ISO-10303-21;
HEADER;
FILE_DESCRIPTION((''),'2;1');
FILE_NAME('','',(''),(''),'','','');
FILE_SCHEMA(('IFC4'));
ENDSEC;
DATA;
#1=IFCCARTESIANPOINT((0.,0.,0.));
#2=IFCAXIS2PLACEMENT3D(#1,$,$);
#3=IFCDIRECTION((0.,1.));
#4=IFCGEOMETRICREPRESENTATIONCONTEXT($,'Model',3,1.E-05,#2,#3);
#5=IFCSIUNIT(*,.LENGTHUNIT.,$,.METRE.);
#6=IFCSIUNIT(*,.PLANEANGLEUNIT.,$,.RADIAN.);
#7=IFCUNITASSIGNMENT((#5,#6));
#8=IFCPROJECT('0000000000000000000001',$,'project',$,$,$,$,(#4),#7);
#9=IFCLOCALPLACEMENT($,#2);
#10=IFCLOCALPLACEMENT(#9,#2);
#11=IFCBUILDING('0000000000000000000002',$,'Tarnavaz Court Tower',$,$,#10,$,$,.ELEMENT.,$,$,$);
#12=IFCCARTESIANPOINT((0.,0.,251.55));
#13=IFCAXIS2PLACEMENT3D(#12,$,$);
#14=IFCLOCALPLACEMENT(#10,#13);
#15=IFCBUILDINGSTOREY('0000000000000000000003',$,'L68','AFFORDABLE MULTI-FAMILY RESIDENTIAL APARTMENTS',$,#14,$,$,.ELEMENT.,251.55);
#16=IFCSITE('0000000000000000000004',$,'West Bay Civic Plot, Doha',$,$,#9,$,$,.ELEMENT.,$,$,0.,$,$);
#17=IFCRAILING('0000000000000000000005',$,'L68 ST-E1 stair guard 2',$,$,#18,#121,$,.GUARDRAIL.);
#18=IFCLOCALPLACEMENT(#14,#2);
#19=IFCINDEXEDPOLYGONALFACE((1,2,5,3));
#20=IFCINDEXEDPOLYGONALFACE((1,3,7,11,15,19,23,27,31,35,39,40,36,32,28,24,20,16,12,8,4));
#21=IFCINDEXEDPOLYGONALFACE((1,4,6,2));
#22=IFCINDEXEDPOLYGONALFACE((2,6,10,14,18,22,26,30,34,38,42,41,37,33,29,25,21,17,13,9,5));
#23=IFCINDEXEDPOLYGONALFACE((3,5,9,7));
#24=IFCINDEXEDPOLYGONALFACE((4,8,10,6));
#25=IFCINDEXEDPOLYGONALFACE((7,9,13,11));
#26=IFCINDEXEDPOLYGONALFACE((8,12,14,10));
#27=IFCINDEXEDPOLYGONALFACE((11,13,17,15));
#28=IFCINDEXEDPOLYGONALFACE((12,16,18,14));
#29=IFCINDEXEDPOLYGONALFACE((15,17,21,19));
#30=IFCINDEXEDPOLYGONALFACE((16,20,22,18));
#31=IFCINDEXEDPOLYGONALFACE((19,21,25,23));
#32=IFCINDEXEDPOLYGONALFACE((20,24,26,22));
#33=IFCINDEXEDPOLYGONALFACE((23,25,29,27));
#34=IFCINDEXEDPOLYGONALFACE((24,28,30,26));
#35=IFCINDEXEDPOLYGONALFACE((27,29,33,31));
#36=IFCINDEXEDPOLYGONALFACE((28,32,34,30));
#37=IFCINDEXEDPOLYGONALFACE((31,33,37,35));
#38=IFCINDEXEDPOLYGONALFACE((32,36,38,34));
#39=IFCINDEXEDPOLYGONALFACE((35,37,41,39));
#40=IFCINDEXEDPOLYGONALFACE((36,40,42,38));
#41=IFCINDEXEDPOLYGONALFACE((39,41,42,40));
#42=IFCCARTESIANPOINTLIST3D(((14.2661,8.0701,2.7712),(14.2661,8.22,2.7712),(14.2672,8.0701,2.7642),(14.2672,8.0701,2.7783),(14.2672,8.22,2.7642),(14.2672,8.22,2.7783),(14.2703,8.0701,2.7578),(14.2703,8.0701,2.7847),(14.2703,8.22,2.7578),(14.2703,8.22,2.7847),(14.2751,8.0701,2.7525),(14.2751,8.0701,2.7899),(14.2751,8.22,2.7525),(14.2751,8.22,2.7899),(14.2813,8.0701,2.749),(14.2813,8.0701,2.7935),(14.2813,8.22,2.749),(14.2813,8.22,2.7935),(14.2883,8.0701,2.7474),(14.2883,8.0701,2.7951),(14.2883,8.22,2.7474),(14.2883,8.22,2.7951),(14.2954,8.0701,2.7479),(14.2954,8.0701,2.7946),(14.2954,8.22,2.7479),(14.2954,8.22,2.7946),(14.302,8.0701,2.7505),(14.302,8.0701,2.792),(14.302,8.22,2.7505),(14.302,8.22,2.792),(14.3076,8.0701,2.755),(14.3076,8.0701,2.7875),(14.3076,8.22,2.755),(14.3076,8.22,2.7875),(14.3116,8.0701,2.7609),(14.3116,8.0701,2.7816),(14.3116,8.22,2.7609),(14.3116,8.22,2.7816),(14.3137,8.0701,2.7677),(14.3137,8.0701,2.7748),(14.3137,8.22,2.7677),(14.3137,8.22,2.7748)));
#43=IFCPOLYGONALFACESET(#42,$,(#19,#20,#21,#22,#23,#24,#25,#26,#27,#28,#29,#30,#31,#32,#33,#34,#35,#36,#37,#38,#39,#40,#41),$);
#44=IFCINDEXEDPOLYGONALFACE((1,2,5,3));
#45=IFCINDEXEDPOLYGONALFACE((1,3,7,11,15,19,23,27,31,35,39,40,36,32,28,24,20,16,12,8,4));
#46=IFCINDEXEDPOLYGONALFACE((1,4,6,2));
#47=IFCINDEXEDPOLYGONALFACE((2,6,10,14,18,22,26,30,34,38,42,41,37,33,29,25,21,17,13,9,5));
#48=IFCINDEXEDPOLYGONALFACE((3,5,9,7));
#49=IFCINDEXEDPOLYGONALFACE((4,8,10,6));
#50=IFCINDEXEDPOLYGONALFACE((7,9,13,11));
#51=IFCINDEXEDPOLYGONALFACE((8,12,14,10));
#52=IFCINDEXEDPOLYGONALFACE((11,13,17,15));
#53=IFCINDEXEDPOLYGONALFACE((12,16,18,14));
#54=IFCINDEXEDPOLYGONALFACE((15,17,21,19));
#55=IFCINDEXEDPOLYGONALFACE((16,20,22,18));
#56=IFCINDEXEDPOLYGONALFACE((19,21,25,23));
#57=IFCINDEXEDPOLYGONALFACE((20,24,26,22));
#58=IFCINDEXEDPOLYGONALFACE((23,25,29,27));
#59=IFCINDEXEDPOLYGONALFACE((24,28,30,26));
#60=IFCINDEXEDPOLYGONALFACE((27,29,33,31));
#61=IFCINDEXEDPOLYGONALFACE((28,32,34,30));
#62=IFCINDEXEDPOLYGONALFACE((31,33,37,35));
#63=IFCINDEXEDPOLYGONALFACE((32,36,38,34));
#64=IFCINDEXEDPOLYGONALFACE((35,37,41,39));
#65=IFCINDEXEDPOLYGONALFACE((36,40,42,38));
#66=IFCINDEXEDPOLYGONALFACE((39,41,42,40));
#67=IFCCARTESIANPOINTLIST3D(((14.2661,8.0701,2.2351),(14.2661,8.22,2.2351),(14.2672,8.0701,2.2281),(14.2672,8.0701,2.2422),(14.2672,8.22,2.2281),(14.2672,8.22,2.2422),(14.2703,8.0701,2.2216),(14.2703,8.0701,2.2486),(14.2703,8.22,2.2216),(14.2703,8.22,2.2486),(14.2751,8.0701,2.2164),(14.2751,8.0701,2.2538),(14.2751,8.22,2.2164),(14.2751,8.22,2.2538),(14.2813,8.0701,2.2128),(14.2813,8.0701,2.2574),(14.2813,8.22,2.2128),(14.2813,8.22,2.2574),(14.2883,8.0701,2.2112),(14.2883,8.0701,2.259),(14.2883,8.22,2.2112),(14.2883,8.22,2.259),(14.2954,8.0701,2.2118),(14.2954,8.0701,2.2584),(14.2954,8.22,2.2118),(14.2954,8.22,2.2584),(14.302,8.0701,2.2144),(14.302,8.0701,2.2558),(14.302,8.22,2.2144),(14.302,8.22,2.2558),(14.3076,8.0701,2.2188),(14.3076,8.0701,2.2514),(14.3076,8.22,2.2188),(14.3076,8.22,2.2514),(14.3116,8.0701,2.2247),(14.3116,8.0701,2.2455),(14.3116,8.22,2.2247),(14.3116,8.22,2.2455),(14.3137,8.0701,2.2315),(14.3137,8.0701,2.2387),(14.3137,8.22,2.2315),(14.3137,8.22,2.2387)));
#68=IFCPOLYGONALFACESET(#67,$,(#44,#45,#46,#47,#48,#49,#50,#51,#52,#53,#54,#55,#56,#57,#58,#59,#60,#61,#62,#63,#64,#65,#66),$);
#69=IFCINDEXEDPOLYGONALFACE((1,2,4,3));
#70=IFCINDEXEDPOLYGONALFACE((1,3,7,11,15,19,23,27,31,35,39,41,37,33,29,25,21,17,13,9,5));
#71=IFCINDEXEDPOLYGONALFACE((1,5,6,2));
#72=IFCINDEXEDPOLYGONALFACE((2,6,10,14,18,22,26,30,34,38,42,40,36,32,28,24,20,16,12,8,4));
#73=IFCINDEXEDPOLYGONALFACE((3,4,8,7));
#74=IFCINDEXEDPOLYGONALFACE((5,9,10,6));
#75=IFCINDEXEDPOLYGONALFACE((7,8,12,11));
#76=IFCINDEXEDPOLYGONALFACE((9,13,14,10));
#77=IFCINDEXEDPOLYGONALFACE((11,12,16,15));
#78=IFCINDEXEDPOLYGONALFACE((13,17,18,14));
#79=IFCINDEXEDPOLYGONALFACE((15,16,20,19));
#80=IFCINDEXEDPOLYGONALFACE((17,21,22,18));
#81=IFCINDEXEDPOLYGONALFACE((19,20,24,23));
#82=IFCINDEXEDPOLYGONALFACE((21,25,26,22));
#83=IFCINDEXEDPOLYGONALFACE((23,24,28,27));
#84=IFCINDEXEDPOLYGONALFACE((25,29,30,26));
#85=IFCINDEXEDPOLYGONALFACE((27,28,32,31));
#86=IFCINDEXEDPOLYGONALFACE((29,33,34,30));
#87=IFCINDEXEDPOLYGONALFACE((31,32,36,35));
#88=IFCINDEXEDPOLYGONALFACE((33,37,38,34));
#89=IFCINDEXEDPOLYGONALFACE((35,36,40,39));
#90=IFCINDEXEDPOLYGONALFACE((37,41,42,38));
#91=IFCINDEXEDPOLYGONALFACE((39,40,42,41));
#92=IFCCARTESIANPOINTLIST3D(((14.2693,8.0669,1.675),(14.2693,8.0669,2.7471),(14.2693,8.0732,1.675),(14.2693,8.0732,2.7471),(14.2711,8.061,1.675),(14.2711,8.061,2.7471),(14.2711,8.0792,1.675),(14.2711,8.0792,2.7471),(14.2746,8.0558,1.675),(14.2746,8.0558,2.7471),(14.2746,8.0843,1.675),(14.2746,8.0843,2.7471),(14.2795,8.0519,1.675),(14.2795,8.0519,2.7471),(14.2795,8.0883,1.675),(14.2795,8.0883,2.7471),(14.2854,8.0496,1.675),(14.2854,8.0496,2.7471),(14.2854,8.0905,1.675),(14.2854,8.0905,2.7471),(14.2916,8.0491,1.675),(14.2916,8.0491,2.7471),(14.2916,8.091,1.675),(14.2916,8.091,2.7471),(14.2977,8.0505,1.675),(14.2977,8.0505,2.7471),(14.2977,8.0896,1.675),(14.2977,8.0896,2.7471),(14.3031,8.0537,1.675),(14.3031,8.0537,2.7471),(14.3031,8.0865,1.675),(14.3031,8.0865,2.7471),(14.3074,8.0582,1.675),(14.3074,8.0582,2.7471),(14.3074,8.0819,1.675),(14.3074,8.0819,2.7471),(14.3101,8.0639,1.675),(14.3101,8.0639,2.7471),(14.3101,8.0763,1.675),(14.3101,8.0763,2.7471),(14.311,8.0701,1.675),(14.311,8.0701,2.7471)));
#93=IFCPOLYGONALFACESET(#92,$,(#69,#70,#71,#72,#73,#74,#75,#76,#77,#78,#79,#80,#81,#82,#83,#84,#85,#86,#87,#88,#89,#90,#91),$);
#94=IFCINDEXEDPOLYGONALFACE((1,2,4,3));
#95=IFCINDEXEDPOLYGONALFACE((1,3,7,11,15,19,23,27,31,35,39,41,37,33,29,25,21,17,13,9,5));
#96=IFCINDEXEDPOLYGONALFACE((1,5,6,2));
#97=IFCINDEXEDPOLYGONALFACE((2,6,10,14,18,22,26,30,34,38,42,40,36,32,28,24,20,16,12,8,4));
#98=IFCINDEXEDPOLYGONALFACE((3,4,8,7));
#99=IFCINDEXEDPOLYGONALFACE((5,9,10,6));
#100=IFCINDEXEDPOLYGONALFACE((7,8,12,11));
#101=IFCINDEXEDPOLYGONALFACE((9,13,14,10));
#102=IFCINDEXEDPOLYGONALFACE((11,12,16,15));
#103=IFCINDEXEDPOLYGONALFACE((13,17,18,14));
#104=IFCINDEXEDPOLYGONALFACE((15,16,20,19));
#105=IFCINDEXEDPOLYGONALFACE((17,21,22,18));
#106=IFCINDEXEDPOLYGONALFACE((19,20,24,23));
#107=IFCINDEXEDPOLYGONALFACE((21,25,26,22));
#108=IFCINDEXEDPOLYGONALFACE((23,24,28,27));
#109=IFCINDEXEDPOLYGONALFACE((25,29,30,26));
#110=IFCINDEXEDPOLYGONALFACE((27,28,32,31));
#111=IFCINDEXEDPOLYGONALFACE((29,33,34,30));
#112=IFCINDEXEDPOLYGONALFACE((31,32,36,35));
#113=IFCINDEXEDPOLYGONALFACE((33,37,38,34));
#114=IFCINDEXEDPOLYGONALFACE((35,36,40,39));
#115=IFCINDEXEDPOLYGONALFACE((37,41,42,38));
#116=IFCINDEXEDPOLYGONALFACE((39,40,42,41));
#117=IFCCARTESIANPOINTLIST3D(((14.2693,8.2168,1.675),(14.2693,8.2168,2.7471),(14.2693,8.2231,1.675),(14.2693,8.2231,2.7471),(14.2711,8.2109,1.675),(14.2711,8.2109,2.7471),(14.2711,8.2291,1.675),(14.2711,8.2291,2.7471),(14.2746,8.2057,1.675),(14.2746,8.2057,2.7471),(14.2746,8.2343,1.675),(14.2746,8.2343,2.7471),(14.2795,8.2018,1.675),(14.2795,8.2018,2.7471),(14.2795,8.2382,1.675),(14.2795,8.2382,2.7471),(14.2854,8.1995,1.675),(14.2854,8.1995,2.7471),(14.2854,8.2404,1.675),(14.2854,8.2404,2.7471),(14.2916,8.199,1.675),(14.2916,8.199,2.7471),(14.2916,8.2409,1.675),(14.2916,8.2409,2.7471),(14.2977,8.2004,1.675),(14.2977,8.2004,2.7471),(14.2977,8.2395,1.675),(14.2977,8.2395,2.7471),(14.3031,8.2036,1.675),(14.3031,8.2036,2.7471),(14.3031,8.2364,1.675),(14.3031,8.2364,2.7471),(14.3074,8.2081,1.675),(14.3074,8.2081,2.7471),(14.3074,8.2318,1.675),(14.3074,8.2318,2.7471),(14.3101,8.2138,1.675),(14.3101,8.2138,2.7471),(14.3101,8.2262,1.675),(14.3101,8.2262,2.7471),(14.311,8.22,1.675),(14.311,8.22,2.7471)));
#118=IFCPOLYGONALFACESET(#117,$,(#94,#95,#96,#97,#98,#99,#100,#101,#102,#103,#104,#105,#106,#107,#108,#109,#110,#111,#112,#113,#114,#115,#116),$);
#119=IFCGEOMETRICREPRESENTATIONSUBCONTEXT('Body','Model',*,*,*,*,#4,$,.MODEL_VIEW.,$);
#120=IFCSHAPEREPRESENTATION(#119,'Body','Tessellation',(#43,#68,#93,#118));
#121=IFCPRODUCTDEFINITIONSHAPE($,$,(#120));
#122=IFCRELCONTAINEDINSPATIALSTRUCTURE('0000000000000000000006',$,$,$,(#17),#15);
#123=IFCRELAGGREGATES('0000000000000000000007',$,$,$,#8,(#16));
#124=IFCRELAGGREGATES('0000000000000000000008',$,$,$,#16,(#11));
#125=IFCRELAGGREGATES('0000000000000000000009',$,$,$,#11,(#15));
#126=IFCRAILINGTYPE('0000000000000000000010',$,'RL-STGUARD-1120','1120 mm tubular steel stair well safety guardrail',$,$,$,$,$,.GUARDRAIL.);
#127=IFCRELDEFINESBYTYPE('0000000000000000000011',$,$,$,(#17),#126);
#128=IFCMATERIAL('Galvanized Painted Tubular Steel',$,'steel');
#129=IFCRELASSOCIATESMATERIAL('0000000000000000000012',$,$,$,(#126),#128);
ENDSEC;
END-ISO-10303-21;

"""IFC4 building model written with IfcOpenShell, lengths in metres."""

from ifc_helpers import new_model, si_unit, direction, frame, origin, origin_2d, place, context, subcontext, project, spatial, circle, extrude, material, type_object, element, save


model = new_model("IFC4")

# Units and contexts
model_context = context("Model", 3, precision=1e-05, world=origin(), true_north=direction((0.0, 1.0)))
body_context = subcontext(model_context, "Body", "Model", "MODEL_VIEW")
ifc_project = project(units=[si_unit("LENGTHUNIT", "METRE"), si_unit("PLANEANGLEUNIT", "RADIAN")], contexts=[model_context])

# Site, building, storey
site_placement = place(None, origin())
site = spatial("IfcSite", under=ifc_project, at=site_placement, Name="West Bay Civic Plot, Doha", CompositionType="ELEMENT", RefElevation=0.0)
building_placement = place(site_placement, origin())
building = spatial("IfcBuilding", under=site, at=building_placement, Name="Tarnavaz Court Tower", CompositionType="ELEMENT")
storey_placement = place(building_placement, frame((0.0, 0.0, 251.55)))
storey = spatial("IfcBuildingStorey", under=building, at=storey_placement, Name="L68", Description="AFFORDABLE MULTI-FAMILY RESIDENTIAL APARTMENTS", CompositionType="ELEMENT", Elevation=251.55)

# Railing
ifc_material_1 = material(Name="Galvanized Painted Tubular Steel", Category="steel")
railing_type_1 = type_object("IfcRailingType", Name="RL-STGUARD-1120", Description="1120 mm tubular steel stair well safety guardrail", PredefinedType="GUARDRAIL", material=ifc_material_1)
railing_1_placement = place(storey_placement, frame((14.29, 8.0701, 1.675)))
element("IfcRailing", 1, at=railing_1_placement, inside=storey, type_object=railing_type_1, Name="L68 ST-E1 stair guard 2", PredefinedType="GUARDRAIL", context=body_context, shape_type="SweptSolid", body=[
    extrude(circle(Radius=0.0239, at=origin_2d()), frame((0.0, 0.0, 1.0962), z_axis=(0.0, 1.0, 0.0), x_axis=(-1.0, 0.0, 0.0)), (0.0, 0.0, 1.0), 0.1499),
    extrude(circle(Radius=0.0239, at=origin_2d()), frame((0.0, 0.0, 0.5601), z_axis=(0.0, 1.0, 0.0), x_axis=(-1.0, 0.0, 0.0)), (0.0, 0.0, 1.0), 0.1499),
    extrude(circle(Radius=0.021, at=origin_2d()), origin(), (0.0, 0.0, 1.0), 1.072),
    extrude(circle(Radius=0.021, at=origin_2d()), frame((0.0, 0.1499, 0.0)), (0.0, 0.0, 1.0), 1.072),
])

save(model, "model.ifc")
